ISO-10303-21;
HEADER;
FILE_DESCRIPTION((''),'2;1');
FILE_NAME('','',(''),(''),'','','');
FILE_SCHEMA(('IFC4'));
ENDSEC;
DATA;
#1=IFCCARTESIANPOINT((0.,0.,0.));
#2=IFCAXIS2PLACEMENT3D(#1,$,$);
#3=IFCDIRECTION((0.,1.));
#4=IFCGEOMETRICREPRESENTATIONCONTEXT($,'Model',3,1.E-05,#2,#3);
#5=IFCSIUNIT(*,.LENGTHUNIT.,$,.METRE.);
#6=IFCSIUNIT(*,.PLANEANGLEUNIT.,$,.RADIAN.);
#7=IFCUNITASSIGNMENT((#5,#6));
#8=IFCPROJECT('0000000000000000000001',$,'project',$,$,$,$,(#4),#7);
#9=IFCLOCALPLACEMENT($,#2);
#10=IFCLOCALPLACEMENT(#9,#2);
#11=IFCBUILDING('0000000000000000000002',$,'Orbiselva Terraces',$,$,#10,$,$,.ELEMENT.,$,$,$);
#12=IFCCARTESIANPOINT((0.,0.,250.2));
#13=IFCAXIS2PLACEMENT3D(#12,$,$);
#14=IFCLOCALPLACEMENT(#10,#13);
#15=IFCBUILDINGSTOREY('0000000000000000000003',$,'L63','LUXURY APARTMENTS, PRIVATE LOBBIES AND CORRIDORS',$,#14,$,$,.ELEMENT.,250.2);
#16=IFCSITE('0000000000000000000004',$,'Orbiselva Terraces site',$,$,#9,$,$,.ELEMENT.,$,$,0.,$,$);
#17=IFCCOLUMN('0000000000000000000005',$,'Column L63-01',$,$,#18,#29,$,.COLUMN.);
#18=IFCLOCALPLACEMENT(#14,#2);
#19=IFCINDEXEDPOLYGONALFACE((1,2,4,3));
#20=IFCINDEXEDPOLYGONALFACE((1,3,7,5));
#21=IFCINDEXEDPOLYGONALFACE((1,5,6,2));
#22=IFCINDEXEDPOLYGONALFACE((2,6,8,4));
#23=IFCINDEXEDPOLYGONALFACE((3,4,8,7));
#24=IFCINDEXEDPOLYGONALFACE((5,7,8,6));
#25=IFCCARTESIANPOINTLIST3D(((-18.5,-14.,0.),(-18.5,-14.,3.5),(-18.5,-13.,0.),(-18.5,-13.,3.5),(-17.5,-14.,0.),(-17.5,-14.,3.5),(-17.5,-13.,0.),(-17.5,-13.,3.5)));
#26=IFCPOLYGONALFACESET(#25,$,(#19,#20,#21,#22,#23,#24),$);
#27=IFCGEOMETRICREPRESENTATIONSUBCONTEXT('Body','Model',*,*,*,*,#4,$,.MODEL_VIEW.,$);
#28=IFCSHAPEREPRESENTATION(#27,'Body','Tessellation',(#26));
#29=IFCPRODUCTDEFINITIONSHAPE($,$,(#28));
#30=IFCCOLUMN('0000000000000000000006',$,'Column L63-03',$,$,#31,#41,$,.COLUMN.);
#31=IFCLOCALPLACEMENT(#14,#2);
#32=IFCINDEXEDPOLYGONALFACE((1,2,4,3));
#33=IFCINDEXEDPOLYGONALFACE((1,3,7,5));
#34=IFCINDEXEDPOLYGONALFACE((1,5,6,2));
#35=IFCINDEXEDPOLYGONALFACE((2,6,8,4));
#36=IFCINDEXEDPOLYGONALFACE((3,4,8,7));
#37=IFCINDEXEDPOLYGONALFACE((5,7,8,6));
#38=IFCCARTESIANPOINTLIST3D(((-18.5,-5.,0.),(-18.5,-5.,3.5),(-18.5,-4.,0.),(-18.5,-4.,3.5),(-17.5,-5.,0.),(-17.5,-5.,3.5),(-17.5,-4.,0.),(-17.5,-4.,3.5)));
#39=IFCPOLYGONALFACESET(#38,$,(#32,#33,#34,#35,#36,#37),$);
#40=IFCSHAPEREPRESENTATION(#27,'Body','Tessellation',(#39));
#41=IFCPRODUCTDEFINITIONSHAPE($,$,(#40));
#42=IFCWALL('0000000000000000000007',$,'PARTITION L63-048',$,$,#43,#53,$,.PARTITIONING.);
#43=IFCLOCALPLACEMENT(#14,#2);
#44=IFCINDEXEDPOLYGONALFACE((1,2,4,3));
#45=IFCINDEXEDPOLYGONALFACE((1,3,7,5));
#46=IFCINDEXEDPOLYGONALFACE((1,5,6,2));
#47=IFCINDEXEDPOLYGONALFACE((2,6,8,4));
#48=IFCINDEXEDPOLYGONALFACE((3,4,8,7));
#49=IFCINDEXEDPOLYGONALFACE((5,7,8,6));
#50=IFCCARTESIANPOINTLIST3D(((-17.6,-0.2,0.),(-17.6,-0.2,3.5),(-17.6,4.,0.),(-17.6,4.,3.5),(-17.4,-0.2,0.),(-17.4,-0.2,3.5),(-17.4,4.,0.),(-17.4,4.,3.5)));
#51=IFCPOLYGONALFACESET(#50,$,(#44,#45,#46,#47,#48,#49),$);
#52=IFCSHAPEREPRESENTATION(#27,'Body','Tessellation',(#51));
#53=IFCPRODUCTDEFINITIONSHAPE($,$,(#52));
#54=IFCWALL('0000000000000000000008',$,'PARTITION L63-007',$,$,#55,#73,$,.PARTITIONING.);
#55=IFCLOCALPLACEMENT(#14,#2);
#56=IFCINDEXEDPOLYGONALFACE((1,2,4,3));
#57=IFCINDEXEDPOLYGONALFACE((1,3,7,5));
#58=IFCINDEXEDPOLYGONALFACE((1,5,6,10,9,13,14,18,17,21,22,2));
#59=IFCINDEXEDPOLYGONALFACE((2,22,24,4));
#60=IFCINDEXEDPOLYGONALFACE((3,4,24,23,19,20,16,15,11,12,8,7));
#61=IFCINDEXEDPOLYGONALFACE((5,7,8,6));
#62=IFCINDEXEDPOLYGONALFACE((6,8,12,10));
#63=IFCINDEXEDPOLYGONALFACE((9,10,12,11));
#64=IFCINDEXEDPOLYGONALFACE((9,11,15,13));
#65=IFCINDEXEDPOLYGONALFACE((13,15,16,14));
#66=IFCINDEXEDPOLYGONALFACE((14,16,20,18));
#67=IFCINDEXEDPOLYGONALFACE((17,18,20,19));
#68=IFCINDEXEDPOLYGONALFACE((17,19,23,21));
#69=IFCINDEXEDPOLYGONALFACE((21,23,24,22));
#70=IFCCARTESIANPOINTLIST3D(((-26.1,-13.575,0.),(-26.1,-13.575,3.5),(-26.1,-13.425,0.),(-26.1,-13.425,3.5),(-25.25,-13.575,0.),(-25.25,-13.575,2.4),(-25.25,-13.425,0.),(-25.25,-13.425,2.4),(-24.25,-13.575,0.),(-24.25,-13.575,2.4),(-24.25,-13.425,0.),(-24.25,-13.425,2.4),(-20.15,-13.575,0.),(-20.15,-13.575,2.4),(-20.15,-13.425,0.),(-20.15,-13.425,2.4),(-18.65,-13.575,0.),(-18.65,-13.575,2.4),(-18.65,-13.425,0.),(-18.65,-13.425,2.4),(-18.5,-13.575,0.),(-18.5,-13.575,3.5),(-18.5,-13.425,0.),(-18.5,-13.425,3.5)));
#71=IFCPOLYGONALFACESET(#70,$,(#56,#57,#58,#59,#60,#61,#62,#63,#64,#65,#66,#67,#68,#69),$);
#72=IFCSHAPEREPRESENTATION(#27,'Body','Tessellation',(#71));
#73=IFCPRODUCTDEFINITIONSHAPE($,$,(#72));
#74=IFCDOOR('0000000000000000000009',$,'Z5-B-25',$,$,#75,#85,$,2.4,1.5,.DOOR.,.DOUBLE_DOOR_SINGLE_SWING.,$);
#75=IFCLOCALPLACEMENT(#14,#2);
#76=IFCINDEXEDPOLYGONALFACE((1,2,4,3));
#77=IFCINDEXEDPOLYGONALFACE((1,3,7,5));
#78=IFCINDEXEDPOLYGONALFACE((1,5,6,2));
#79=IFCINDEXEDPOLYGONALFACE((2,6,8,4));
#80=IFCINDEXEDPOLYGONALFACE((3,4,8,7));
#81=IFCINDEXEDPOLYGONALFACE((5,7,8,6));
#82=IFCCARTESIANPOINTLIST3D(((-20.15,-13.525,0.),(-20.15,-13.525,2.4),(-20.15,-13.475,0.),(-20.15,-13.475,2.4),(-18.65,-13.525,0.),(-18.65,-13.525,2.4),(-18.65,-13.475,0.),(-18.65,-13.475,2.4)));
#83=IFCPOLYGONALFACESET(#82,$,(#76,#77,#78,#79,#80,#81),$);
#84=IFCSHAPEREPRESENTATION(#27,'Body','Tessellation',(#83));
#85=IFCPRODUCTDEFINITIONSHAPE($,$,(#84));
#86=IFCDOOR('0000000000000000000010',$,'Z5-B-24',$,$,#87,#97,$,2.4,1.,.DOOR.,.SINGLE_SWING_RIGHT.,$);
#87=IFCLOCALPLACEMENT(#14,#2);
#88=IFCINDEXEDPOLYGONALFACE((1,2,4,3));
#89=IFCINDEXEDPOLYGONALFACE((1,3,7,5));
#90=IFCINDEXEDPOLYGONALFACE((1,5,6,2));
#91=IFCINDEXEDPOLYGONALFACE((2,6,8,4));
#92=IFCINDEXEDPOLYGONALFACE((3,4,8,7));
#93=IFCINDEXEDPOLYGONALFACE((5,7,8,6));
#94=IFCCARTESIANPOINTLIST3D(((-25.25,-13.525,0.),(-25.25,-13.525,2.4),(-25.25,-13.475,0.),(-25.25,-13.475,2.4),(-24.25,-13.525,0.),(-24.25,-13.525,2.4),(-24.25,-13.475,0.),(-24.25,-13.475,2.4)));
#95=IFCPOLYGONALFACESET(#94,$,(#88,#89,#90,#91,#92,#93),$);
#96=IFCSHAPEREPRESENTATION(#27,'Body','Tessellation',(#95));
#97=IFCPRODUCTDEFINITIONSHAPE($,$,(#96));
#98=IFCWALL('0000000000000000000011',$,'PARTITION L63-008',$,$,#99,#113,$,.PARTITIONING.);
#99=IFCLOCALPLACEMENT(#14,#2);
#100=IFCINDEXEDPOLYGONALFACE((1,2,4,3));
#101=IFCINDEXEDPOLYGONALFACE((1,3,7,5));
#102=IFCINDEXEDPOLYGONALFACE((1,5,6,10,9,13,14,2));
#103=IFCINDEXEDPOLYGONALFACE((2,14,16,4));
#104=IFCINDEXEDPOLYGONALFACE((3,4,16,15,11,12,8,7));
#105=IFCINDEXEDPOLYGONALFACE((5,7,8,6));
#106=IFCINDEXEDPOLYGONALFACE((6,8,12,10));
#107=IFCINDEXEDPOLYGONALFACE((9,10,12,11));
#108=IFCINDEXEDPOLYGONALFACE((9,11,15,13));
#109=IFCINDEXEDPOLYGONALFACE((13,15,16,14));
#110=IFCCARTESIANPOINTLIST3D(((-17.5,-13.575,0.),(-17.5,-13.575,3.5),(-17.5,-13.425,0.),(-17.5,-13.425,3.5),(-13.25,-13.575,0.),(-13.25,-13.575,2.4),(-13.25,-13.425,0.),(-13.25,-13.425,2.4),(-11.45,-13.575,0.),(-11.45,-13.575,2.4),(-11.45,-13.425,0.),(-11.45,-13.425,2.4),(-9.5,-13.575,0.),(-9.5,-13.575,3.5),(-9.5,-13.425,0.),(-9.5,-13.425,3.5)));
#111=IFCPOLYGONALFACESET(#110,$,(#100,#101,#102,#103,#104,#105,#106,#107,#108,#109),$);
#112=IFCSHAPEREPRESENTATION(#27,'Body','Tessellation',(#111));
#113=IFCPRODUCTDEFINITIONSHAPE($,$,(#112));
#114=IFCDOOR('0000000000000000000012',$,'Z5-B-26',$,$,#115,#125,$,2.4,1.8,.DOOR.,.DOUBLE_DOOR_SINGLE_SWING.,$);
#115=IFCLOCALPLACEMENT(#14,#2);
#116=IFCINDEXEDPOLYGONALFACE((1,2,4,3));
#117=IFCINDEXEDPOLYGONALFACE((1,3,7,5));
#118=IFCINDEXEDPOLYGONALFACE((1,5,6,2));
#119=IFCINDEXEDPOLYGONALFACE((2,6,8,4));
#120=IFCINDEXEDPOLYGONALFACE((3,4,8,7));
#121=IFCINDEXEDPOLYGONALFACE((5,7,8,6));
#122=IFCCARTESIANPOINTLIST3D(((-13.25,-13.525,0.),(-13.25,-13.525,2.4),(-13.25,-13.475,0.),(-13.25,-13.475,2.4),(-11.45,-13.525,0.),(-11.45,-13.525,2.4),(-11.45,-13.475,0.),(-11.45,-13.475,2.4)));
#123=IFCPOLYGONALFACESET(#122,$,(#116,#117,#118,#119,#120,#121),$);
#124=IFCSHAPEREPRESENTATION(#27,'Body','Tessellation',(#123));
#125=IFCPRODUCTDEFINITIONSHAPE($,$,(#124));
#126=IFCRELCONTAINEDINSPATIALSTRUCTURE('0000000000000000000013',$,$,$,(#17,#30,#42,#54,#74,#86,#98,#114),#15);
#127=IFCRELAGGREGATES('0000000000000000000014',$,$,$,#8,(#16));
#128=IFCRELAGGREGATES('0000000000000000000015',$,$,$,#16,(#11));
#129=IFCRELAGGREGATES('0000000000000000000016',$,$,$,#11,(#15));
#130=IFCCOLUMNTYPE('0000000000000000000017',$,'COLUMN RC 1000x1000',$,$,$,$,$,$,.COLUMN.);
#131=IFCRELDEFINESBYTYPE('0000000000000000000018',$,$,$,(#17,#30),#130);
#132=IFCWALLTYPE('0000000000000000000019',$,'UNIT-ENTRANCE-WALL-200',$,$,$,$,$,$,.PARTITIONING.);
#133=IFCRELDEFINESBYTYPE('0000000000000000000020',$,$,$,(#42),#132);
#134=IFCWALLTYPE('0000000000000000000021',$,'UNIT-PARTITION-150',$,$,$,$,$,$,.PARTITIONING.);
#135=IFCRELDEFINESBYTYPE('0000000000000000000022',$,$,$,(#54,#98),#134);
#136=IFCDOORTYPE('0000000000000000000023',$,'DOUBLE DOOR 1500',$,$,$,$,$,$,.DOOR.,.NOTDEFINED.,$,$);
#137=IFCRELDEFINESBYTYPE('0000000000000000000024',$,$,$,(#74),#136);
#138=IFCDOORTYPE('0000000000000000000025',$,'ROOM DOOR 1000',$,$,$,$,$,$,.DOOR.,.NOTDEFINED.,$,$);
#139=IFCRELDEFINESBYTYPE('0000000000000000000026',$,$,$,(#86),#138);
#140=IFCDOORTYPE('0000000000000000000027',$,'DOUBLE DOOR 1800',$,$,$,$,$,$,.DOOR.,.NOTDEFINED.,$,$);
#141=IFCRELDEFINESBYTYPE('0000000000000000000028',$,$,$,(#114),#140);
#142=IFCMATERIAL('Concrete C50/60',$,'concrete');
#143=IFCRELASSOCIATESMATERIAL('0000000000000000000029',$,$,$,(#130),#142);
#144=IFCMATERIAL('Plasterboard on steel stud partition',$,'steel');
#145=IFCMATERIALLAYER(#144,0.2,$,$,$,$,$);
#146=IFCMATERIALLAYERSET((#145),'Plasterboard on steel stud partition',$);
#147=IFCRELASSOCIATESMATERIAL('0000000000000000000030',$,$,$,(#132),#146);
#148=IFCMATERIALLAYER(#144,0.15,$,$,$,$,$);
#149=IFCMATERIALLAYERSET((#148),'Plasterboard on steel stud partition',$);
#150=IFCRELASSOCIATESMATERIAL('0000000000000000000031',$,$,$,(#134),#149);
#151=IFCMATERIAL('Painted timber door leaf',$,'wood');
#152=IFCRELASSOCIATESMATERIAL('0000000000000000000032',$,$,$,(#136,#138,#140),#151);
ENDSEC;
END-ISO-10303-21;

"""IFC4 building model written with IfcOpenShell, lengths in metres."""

from ifc_helpers import new_model, si_unit, direction, frame, frame_2d, origin, origin_2d, place, context, subcontext, project, spatial, rectangle, extrude, material, layer, layer_set, material_profile, profile_set, type_object, element, fill, save


model = new_model("IFC4")

# Units and contexts
model_context = context("Model", 3, precision=1e-05, world=origin(), true_north=direction((0.0, 1.0)))
body_context = subcontext(model_context, "Body", "Model", "MODEL_VIEW")
ifc_project = project(units=[si_unit("LENGTHUNIT", "METRE"), si_unit("PLANEANGLEUNIT", "RADIAN")], contexts=[model_context])

# Site, building, storey
site_placement = place(None, origin())
site = spatial("IfcSite", under=ifc_project, at=site_placement, Name="Orbiselva Terraces site", CompositionType="ELEMENT", RefElevation=0.0)
building_placement = place(site_placement, origin())
building = spatial("IfcBuilding", under=site, at=building_placement, Name="Orbiselva Terraces", CompositionType="ELEMENT")
storey_placement = place(building_placement, frame((0.0, 0.0, 250.2)))
storey = spatial("IfcBuildingStorey", under=building, at=storey_placement, Name="L63", Description="LUXURY APARTMENTS, PRIVATE LOBBIES AND CORRIDORS", CompositionType="ELEMENT", Elevation=250.2)

# Columns
ifc_material_1 = material(Name="Concrete C50/60", Category="concrete")
ifc_material_profile = material_profile(ifc_material_1, rectangle(XDim=1.0, YDim=1.0, at=origin_2d()), Name="RC 1000x1000")
ifc_profile_set = profile_set([ifc_material_profile], Name="Concrete C50/60")
column_type = type_object("IfcColumnType", Name="COLUMN RC 1000x1000", PredefinedType="COLUMN", material=ifc_profile_set)
for number, where, z_axis, x_axis, name in (
    (1, (-18.0, -13.5, 0.0), (0.0, 0.0, 1.0), (1.0, 0.0, 0.0), "Column L63-01"),
    (2, (-18.0, -4.5, 0.0), (0.0, 0.0, 1.0), (1.0, 0.0, 0.0), "Column L63-03"),
):
    element("IfcColumn", number, at=place(storey_placement, frame(where, z_axis=z_axis, x_axis=x_axis)), inside=storey, type_object=column_type, Name=name, PredefinedType="COLUMN", context=body_context, shape_type="SweptSolid", body=[
        extrude(rectangle(XDim=1.0, YDim=1.0, at=origin_2d()), origin(), (0.0, 0.0, 1.0), 3.5),
    ])

# Wall
ifc_material_2 = material(Name="Plasterboard on steel stud partition", Category="steel")
ifc_layer_1 = layer(ifc_material_2, 0.2)
ifc_layer_set_1 = layer_set([ifc_layer_1], Name="Plasterboard on steel stud partition")
wall_type_1 = type_object("IfcWallType", Name="UNIT-ENTRANCE-WALL-200", PredefinedType="PARTITIONING", material=ifc_layer_set_1)
wall_1_placement = place(storey_placement, frame((-17.5, -0.2, 0.0), z_axis=(0.0, 0.0, 1.0), x_axis=(0.0, 1.0, 0.0)))
element("IfcWall", 3, at=wall_1_placement, inside=storey, type_object=wall_type_1, Name="PARTITION L63-048", PredefinedType="PARTITIONING", context=body_context, shape_type="SweptSolid", body=[
    extrude(rectangle(XDim=4.2, YDim=0.2, at=frame_2d((2.1, 0.0))), origin(), (0.0, 0.0, 1.0), 3.5),
])

# Wall, openings, doors
ifc_layer_2 = layer(ifc_material_2, 0.15)
ifc_layer_set_2 = layer_set([ifc_layer_2], Name="Plasterboard on steel stud partition")
wall_type_2 = type_object("IfcWallType", Name="UNIT-PARTITION-150", PredefinedType="PARTITIONING", material=ifc_layer_set_2)
wall_2_placement = place(storey_placement, frame((-18.5, -13.5, 0.0), z_axis=(0.0, 0.0, 1.0), x_axis=(-1.0, 0.0, 0.0)))
wall_2 = element("IfcWall", 4, at=wall_2_placement, inside=storey, type_object=wall_type_2, Name="PARTITION L63-007", PredefinedType="PARTITIONING", context=body_context, shape_type="SweptSolid", body=[
    extrude(rectangle(XDim=7.6, YDim=0.15, at=frame_2d((3.8, 0.0))), origin(), (0.0, 0.0, 1.0), 3.5),
])
opening_1_placement = place(wall_2_placement, frame((5.75, 0.0, 0.0)))
opening_1 = element("IfcOpeningElement", 5, at=opening_1_placement, cuts=wall_2, PredefinedType="OPENING", context=body_context, shape_type="SweptSolid", body=[
    extrude(rectangle(XDim=1.0, YDim=2.4, at=frame_2d((0.5, 1.2))), frame((0.0, 0.085, 0.0), z_axis=(0.0, -1.0, 0.0), x_axis=(1.0, 0.0, 0.0)), (0.0, 0.0, 1.0), 0.17),
])
opening_2_placement = place(wall_2_placement, frame((0.15, 0.0, 0.0)))
opening_2 = element("IfcOpeningElement", 6, at=opening_2_placement, cuts=wall_2, PredefinedType="OPENING", context=body_context, shape_type="SweptSolid", body=[
    extrude(rectangle(XDim=1.5, YDim=2.4, at=frame_2d((0.75, 1.2))), frame((0.0, 0.085, 0.0), z_axis=(0.0, -1.0, 0.0), x_axis=(1.0, 0.0, 0.0)), (0.0, 0.0, 1.0), 0.17),
])
ifc_material_3 = material(Name="Painted timber door leaf", Category="wood")
door_type_1 = type_object("IfcDoorType", Name="DOUBLE DOOR 1500", OperationType="NOTDEFINED", PredefinedType="DOOR", material=ifc_material_3)
door_1_placement = place(opening_2_placement, origin())
door_1 = element("IfcDoor", 7, at=door_1_placement, inside=storey, type_object=door_type_1, Name="Z5-B-25", OperationType="DOUBLE_DOOR_SINGLE_SWING", OverallHeight=2.4, OverallWidth=1.5, PredefinedType="DOOR", context=body_context, shape_type="SweptSolid", body=[
    extrude(rectangle(XDim=1.5, YDim=2.4, at=frame_2d((0.75, 1.2))), frame((0.0, 0.025, 0.0), z_axis=(0.0, -1.0, 0.0), x_axis=(1.0, 0.0, 0.0)), (0.0, 0.0, 1.0), 0.05),
])
fill(opening_2, door_1)
door_type_2 = type_object("IfcDoorType", Name="ROOM DOOR 1000", OperationType="NOTDEFINED", PredefinedType="DOOR", material=ifc_material_3)
door_2_placement = place(opening_1_placement, origin())
door_2 = element("IfcDoor", 8, at=door_2_placement, inside=storey, type_object=door_type_2, Name="Z5-B-24", OperationType="SINGLE_SWING_RIGHT", OverallHeight=2.4, OverallWidth=1.0, PredefinedType="DOOR", context=body_context, shape_type="SweptSolid", body=[
    extrude(rectangle(XDim=1.0, YDim=2.4, at=frame_2d((0.5, 1.2))), frame((0.0, 0.025, 0.0), z_axis=(0.0, -1.0, 0.0), x_axis=(1.0, 0.0, 0.0)), (0.0, 0.0, 1.0), 0.05),
])
fill(opening_1, door_2)

# Wall, opening, door
wall_3_placement = place(storey_placement, frame((-9.5, -13.5, 0.0), z_axis=(0.0, 0.0, 1.0), x_axis=(-1.0, 0.0, 0.0)))
wall_3 = element("IfcWall", 9, at=wall_3_placement, inside=storey, type_object=wall_type_2, Name="PARTITION L63-008", PredefinedType="PARTITIONING", context=body_context, shape_type="SweptSolid", body=[
    extrude(rectangle(XDim=8.0, YDim=0.15, at=frame_2d((4.0, 0.0))), origin(), (0.0, 0.0, 1.0), 3.5),
])
opening_3_placement = place(wall_3_placement, frame((1.95, 0.0, 0.0)))
opening_3 = element("IfcOpeningElement", 10, at=opening_3_placement, cuts=wall_3, PredefinedType="OPENING", context=body_context, shape_type="SweptSolid", body=[
    extrude(rectangle(XDim=1.8, YDim=2.4, at=frame_2d((0.9, 1.2))), frame((0.0, 0.085, 0.0), z_axis=(0.0, -1.0, 0.0), x_axis=(1.0, 0.0, 0.0)), (0.0, 0.0, 1.0), 0.17),
])
door_type_3 = type_object("IfcDoorType", Name="DOUBLE DOOR 1800", OperationType="NOTDEFINED", PredefinedType="DOOR", material=ifc_material_3)
door_3_placement = place(opening_3_placement, origin())
door_3 = element("IfcDoor", 11, at=door_3_placement, inside=storey, type_object=door_type_3, Name="Z5-B-26", OperationType="DOUBLE_DOOR_SINGLE_SWING", OverallHeight=2.4, OverallWidth=1.8, PredefinedType="DOOR", context=body_context, shape_type="SweptSolid", body=[
    extrude(rectangle(XDim=1.8, YDim=2.4, at=frame_2d((0.9, 1.2))), frame((0.0, 0.025, 0.0), z_axis=(0.0, -1.0, 0.0), x_axis=(1.0, 0.0, 0.0)), (0.0, 0.0, 1.0), 0.05),
])
fill(opening_3, door_3)

save(model, "model.ifc")
